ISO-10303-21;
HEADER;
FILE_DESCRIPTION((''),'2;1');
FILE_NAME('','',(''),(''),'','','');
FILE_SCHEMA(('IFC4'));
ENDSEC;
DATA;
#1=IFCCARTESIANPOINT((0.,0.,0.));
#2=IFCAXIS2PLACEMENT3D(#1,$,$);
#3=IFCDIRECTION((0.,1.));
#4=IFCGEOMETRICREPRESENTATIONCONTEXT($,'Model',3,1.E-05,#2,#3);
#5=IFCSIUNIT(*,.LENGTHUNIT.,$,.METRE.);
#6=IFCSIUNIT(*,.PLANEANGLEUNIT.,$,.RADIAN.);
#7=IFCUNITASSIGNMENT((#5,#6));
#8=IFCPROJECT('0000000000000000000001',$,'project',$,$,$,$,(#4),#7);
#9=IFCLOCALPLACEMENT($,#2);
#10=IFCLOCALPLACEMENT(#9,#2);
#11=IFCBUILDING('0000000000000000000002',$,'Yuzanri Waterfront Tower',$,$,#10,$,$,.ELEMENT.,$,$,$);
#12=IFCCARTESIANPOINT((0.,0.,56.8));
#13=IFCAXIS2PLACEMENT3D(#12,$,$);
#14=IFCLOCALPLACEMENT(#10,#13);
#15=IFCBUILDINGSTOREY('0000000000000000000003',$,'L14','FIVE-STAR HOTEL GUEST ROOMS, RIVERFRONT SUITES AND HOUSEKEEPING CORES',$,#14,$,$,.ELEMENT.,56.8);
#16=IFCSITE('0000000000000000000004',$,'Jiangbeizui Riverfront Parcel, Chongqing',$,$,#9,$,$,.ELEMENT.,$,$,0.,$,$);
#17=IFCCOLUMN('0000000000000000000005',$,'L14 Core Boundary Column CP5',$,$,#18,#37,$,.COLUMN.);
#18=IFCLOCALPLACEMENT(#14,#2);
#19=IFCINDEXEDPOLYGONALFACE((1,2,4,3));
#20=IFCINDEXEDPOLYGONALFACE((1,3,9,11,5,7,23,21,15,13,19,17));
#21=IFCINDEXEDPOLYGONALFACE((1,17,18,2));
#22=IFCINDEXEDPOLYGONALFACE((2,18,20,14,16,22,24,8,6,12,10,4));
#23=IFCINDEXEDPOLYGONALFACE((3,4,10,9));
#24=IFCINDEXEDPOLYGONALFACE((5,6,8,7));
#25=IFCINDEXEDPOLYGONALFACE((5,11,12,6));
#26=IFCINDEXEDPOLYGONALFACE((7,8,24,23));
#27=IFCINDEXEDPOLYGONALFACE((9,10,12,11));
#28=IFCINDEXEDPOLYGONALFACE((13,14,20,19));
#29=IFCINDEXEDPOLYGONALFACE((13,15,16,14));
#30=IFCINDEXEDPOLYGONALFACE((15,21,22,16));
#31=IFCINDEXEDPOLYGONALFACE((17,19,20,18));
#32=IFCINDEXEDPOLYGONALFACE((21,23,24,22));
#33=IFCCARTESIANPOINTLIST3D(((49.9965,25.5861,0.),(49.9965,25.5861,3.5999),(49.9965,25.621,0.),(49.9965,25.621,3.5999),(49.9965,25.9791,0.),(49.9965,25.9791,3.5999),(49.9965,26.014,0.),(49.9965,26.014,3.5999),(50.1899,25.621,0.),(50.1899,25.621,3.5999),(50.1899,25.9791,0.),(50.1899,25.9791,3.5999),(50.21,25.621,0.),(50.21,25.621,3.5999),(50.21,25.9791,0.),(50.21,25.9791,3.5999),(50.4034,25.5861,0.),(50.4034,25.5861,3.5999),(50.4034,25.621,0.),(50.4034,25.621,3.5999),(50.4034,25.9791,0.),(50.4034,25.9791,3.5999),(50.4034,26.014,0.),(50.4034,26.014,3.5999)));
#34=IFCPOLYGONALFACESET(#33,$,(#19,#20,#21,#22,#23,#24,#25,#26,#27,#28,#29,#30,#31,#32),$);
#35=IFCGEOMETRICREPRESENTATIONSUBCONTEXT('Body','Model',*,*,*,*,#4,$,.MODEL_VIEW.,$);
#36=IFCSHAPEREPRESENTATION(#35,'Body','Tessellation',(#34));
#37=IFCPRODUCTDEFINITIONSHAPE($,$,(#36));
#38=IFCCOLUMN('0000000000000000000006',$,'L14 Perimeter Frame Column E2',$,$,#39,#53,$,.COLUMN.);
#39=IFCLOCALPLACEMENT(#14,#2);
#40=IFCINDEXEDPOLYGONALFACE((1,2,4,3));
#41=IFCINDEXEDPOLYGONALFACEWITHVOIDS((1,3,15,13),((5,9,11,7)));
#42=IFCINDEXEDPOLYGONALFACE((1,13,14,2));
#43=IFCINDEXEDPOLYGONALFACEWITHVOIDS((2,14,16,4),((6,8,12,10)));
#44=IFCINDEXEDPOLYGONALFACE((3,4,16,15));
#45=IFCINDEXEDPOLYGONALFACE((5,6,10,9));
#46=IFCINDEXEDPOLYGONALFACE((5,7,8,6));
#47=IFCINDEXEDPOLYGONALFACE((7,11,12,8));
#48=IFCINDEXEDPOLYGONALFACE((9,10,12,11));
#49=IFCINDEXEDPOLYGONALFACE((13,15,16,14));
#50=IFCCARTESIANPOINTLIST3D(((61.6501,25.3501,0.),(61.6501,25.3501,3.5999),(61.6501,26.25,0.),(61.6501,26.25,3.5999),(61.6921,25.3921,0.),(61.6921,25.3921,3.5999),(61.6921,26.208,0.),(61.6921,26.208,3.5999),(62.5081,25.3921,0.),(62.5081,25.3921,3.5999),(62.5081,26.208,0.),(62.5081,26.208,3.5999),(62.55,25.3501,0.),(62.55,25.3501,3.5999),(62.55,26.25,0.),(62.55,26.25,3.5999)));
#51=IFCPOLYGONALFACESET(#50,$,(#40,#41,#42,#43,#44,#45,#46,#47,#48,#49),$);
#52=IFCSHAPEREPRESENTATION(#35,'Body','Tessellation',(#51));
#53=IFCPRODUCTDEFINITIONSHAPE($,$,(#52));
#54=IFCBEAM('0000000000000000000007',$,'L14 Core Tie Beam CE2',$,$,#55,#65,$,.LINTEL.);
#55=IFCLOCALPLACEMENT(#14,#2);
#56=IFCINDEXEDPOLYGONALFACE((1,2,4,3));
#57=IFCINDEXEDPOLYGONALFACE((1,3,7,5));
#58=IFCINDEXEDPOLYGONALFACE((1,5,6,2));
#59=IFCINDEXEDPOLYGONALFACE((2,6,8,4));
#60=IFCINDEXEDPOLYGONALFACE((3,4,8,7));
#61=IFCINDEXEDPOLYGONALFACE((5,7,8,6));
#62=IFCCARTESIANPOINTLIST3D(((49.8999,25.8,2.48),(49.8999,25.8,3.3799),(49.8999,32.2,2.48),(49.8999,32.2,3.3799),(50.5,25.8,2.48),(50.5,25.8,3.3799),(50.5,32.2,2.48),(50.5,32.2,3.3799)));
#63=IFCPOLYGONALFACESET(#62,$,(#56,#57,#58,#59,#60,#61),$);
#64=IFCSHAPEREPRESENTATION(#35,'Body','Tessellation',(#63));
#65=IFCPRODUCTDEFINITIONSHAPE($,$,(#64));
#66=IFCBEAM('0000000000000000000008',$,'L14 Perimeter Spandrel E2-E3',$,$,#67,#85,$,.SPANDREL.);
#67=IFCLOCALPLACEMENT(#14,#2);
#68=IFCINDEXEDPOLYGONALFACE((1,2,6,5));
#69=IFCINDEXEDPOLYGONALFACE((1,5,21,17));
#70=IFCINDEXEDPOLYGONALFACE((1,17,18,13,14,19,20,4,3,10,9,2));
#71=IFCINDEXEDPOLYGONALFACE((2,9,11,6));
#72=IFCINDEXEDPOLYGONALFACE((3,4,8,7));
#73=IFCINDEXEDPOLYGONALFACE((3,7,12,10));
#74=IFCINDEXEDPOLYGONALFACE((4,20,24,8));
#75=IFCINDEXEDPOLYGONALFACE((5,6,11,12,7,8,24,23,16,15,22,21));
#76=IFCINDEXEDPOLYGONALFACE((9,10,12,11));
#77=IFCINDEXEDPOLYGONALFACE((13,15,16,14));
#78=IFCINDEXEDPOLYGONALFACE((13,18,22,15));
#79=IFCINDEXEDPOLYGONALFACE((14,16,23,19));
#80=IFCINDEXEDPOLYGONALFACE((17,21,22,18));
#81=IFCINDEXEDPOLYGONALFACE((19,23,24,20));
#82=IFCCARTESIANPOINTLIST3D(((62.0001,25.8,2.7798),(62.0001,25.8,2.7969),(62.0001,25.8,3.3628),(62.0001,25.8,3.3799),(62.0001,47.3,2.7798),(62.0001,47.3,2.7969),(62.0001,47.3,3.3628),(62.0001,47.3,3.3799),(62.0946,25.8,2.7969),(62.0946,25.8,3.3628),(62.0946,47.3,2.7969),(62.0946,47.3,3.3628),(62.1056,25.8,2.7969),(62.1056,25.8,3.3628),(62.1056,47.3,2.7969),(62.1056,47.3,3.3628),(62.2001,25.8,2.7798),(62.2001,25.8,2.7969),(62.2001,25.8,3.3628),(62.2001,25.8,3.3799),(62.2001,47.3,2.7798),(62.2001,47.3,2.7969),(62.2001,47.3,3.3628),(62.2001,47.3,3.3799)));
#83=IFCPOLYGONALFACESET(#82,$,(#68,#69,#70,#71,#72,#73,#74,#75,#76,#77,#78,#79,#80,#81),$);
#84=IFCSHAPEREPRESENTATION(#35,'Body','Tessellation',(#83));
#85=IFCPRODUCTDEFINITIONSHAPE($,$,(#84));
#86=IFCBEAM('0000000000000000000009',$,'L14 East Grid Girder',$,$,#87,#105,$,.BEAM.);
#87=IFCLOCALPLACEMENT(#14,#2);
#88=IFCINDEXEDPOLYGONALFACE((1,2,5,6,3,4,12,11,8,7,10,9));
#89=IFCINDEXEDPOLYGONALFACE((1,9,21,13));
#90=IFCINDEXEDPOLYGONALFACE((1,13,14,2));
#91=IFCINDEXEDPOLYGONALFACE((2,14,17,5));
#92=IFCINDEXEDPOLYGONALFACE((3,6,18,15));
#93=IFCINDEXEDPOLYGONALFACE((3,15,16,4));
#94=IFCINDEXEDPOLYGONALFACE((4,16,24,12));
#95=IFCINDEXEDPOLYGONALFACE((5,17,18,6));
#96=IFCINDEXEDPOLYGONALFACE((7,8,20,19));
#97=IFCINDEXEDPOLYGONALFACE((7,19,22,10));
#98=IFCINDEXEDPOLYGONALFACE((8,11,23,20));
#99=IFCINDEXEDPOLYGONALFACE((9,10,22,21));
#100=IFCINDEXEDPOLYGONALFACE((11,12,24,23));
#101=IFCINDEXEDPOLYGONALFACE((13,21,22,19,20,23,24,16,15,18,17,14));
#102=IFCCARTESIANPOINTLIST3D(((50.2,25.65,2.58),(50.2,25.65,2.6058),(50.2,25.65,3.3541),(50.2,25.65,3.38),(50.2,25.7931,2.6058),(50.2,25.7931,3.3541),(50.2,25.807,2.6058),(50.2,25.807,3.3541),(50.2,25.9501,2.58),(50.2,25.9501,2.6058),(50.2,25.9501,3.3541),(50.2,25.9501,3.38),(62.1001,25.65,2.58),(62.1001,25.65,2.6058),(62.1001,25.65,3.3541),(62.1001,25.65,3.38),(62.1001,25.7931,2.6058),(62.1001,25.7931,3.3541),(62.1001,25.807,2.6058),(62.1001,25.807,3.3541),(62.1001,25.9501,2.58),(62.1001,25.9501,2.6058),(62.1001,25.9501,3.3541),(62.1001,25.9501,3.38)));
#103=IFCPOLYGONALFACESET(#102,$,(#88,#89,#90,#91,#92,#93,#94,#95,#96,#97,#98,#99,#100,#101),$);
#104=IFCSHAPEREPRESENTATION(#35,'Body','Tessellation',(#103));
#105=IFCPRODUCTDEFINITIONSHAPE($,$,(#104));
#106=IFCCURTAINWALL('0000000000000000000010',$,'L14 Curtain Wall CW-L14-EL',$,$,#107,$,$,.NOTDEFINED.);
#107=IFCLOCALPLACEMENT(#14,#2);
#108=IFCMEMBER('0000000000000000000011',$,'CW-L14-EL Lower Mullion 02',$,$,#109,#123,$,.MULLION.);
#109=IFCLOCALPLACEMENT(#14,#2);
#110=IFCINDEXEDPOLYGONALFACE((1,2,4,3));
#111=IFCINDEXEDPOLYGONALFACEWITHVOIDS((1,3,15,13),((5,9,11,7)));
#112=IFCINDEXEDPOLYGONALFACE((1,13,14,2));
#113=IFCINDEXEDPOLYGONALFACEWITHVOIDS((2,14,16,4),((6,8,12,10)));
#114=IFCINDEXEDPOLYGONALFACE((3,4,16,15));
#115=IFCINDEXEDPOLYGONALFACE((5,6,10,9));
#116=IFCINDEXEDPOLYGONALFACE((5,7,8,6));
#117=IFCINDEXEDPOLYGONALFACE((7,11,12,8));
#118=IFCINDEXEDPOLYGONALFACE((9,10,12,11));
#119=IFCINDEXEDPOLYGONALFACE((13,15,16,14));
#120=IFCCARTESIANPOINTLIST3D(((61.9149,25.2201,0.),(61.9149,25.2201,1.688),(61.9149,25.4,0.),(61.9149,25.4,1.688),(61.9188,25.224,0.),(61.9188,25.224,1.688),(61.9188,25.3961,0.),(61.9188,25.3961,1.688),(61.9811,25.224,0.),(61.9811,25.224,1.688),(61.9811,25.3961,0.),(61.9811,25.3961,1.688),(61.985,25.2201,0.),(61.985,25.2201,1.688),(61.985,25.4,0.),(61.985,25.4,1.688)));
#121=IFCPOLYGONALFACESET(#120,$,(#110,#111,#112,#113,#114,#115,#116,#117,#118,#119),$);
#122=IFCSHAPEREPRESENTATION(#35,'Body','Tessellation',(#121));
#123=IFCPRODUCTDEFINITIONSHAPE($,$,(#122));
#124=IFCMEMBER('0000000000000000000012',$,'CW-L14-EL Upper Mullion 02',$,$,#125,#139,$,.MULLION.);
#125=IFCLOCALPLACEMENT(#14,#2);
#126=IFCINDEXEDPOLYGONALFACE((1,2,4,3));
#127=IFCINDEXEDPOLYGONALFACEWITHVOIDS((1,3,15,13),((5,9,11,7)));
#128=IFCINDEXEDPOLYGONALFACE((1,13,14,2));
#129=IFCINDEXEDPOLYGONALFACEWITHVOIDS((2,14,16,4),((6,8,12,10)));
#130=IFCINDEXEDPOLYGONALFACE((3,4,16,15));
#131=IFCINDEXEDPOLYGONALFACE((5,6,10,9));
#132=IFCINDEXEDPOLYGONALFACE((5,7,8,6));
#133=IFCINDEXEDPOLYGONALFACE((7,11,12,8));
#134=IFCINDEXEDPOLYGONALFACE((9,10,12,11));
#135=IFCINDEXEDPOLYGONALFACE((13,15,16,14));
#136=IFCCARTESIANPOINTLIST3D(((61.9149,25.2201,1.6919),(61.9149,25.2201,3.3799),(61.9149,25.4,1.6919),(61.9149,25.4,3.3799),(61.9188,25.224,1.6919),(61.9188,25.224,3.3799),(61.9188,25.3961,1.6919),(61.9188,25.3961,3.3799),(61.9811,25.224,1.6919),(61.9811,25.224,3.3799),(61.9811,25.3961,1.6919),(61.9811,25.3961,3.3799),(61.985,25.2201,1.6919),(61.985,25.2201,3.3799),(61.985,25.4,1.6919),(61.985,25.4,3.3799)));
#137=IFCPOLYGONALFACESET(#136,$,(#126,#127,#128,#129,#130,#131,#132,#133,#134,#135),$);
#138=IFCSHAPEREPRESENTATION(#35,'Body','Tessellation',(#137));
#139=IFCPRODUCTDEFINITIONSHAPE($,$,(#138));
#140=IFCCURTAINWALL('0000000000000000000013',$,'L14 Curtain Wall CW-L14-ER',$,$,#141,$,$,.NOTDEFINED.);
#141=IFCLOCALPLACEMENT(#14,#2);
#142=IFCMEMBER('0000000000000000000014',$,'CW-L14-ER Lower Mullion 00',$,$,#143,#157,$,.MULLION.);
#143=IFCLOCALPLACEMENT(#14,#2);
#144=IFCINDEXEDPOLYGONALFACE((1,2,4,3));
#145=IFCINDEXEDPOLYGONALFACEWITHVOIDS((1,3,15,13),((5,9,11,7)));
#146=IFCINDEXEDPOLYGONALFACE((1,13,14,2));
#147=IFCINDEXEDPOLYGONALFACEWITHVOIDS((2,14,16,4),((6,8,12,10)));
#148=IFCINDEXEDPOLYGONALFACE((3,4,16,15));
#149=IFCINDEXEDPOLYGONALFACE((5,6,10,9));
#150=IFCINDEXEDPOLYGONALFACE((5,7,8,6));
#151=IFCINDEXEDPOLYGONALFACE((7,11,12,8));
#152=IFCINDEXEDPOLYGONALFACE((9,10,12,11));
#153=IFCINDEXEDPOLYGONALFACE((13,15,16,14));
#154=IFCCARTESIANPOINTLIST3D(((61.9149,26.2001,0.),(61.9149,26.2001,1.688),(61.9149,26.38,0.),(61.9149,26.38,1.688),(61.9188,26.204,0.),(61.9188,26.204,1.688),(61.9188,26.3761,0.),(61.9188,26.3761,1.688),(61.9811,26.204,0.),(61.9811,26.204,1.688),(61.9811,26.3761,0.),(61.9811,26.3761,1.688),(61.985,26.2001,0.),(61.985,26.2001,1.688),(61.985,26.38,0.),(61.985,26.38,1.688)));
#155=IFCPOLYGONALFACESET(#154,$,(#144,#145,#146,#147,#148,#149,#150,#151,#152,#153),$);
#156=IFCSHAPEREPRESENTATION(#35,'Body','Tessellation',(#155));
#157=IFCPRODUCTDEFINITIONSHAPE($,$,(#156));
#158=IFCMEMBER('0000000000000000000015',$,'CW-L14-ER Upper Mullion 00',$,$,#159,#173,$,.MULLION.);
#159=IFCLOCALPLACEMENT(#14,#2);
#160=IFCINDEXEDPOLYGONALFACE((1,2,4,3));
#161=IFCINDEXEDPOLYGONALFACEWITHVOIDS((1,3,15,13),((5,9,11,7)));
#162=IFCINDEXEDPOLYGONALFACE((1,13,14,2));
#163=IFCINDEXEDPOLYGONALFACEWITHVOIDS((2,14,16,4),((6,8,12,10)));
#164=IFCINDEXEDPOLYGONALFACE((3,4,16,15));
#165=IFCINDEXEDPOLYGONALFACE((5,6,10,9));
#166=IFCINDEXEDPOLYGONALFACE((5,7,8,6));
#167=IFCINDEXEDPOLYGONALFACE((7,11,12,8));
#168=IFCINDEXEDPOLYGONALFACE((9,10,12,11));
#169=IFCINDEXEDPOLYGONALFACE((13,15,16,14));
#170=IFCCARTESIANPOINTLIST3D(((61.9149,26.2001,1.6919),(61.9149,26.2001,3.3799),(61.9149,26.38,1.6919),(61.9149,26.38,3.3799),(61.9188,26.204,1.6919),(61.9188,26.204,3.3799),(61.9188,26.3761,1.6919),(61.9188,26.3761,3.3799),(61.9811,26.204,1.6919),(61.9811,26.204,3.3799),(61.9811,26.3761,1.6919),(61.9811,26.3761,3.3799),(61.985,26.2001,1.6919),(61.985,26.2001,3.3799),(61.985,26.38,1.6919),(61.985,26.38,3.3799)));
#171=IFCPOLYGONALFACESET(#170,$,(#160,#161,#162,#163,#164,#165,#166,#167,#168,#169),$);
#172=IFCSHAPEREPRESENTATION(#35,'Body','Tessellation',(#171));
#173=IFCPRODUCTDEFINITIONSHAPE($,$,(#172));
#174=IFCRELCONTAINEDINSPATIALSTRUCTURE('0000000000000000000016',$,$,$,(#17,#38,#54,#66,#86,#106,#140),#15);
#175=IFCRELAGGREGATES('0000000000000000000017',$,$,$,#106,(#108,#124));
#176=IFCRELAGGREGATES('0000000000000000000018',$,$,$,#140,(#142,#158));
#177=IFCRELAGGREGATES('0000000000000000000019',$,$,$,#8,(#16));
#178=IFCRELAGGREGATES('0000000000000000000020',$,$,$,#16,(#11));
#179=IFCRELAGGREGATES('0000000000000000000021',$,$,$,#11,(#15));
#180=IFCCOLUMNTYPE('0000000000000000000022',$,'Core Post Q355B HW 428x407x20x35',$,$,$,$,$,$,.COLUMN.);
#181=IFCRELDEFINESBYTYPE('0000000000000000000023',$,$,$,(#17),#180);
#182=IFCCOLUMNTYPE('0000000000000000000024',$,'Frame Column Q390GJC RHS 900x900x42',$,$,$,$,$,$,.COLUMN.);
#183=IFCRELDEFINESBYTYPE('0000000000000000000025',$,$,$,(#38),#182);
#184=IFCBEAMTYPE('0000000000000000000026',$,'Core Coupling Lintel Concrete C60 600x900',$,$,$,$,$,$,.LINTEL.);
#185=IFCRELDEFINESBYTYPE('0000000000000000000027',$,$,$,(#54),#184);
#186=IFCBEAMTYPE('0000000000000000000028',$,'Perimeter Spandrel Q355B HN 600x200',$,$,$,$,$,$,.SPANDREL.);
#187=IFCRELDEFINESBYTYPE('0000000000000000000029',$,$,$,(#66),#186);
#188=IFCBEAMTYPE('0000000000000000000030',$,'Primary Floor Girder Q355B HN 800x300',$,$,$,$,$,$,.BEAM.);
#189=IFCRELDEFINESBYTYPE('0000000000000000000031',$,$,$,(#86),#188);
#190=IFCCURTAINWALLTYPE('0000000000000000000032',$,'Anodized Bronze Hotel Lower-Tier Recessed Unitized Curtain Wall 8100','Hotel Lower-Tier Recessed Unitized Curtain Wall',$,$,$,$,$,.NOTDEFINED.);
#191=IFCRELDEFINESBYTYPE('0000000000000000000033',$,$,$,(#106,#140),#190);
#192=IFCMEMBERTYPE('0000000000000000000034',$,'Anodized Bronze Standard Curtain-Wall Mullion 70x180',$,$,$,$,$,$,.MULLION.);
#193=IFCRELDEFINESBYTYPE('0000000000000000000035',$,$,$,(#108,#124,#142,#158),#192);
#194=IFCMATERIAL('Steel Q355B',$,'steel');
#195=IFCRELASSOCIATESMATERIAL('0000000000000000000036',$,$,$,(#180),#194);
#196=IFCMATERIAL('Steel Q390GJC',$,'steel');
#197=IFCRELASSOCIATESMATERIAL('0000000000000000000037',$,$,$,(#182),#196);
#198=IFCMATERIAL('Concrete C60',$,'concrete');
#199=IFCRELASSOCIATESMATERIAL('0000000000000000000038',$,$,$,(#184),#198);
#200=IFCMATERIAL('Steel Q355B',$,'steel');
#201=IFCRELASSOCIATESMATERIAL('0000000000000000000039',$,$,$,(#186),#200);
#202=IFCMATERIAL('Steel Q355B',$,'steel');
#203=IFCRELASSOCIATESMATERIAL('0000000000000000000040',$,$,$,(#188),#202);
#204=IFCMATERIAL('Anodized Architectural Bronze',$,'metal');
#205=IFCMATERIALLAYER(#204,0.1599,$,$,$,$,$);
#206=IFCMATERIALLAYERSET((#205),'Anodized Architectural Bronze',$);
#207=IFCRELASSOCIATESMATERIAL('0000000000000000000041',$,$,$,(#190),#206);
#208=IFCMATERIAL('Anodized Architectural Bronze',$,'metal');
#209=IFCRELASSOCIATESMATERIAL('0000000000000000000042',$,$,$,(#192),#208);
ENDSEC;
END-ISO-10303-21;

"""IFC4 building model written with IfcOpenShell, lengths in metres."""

from ifc_helpers import new_model, si_unit, direction, frame, origin, origin_2d, place, context, subcontext, project, spatial, rectangle, hollow_rectangle, i_section, extrude, source, transform, mapped, material, layer, layer_set, material_profile, profile_set, type_object, element, aggregate, save


model = new_model("IFC4")

# Units and contexts
model_context = context("Model", 3, precision=1e-05, world=origin(), true_north=direction((0.0, 1.0)))
body_context = subcontext(model_context, "Body", "Model", "MODEL_VIEW")
ifc_project = project(units=[si_unit("LENGTHUNIT", "METRE"), si_unit("PLANEANGLEUNIT", "RADIAN")], contexts=[model_context])

# Site, building, storey
site_placement = place(None, origin())
site = spatial("IfcSite", under=ifc_project, at=site_placement, Name="Jiangbeizui Riverfront Parcel, Chongqing", CompositionType="ELEMENT", RefElevation=0.0)
building_placement = place(site_placement, origin())
building = spatial("IfcBuilding", under=site, at=building_placement, Name="Yuzanri Waterfront Tower", CompositionType="ELEMENT")
storey_placement = place(building_placement, frame((0.0, 0.0, 56.8)))
storey = spatial("IfcBuildingStorey", under=building, at=storey_placement, Name="L14", Description="FIVE-STAR HOTEL GUEST ROOMS, RIVERFRONT SUITES AND HOUSEKEEPING CORES", CompositionType="ELEMENT", Elevation=56.8)

# Columns
ifc_material_1 = material(Name="Steel Q355B", Category="steel")
ifc_material_profile_1 = material_profile(ifc_material_1, i_section(OverallWidth=0.407, OverallDepth=0.428, WebThickness=0.02, FlangeThickness=0.0349, at=origin_2d()), Name="HW 428x407x20x35")
ifc_profile_set_1 = profile_set([ifc_material_profile_1], Name="Steel Q355B")
column_type_1 = type_object("IfcColumnType", Name="Core Post Q355B HW 428x407x20x35", PredefinedType="COLUMN", material=ifc_profile_set_1)
shared_shape_1 = source(origin(), body_context, "Body", "SweptSolid", [
    extrude(i_section(OverallWidth=0.407, OverallDepth=0.428, WebThickness=0.02, FlangeThickness=0.0349, at=origin_2d()), origin(), (0.0, 0.0, 1.0), 3.5999),
])
column_1_placement = place(storey_placement, frame((50.2, 25.8, 0.0), z_axis=(0.0, 0.0, 1.0), x_axis=(1.0, 0.0, 0.0)))
element("IfcColumn", 1, at=column_1_placement, inside=storey, type_object=column_type_1, Name="L14 Core Boundary Column CP5", PredefinedType="COLUMN", context=body_context, shape_type="MappedRepresentation", body=[
    mapped(shared_shape_1, transform((0.0, 0.0, 0.0), scale=1.0)),
])
ifc_material_2 = material(Name="Steel Q390GJC", Category="steel")
ifc_material_profile_2 = material_profile(ifc_material_2, hollow_rectangle(XDim=0.8999, YDim=0.8999, WallThickness=0.042, at=origin_2d()), Name="RHS 900x900x42")
ifc_profile_set_2 = profile_set([ifc_material_profile_2], Name="Steel Q390GJC")
column_type_2 = type_object("IfcColumnType", Name="Frame Column Q390GJC RHS 900x900x42", PredefinedType="COLUMN", material=ifc_profile_set_2)
shared_shape_2 = source(origin(), body_context, "Body", "SweptSolid", [
    extrude(hollow_rectangle(XDim=0.8999, YDim=0.8999, WallThickness=0.042, at=origin_2d()), origin(), (0.0, 0.0, 1.0), 3.5999),
])
column_2_placement = place(storey_placement, frame((62.1001, 25.8, 0.0), z_axis=(0.0, 0.0, 1.0), x_axis=(1.0, 0.0, 0.0)))
element("IfcColumn", 2, at=column_2_placement, inside=storey, type_object=column_type_2, Name="L14 Perimeter Frame Column E2", PredefinedType="COLUMN", context=body_context, shape_type="MappedRepresentation", body=[
    mapped(shared_shape_2, transform((0.0, 0.0, 0.0), scale=1.0)),
])

# Beams
ifc_material_3 = material(Name="Concrete C60", Category="concrete")
ifc_material_profile_3 = material_profile(ifc_material_3, rectangle(XDim=0.6001, YDim=0.8999, at=origin_2d()), Name="RC 600x900")
ifc_profile_set_3 = profile_set([ifc_material_profile_3], Name="Concrete C60")
beam_type_1 = type_object("IfcBeamType", Name="Core Coupling Lintel Concrete C60 600x900", PredefinedType="LINTEL", material=ifc_profile_set_3)
shared_shape_3 = source(origin(), body_context, "Body", "SweptSolid", [
    extrude(rectangle(XDim=0.6001, YDim=0.8999, at=origin_2d()), origin(), (0.0, 0.0, 1.0), 6.3999),
])
beam_1_placement = place(storey_placement, frame((50.2, 25.8, 2.9299), z_axis=(0.0, 1.0, 0.0), x_axis=(-1.0, 0.0, 0.0)))
element("IfcBeam", 3, at=beam_1_placement, inside=storey, type_object=beam_type_1, Name="L14 Core Tie Beam CE2", PredefinedType="LINTEL", context=body_context, shape_type="MappedRepresentation", body=[
    mapped(shared_shape_3, transform((0.0, 0.0, 0.0), scale=1.0)),
])
ifc_material_4 = material(Name="Steel Q355B", Category="steel")
ifc_material_profile_4 = material_profile(ifc_material_4, i_section(OverallWidth=0.2, OverallDepth=0.6001, WebThickness=0.011, FlangeThickness=0.0171, at=origin_2d()), Name="HN 600x200x11x17")
ifc_profile_set_4 = profile_set([ifc_material_profile_4], Name="Steel Q355B")
beam_type_2 = type_object("IfcBeamType", Name="Perimeter Spandrel Q355B HN 600x200", PredefinedType="SPANDREL", material=ifc_profile_set_4)
shared_shape_4 = source(origin(), body_context, "Body", "SweptSolid", [
    extrude(i_section(OverallWidth=0.2, OverallDepth=0.6001, WebThickness=0.011, FlangeThickness=0.0171, at=origin_2d()), origin(), (0.0, 0.0, 1.0), 21.5),
])
beam_2_placement = place(storey_placement, frame((62.1001, 25.8, 3.0798), z_axis=(0.0, 1.0, 0.0), x_axis=(-1.0, 0.0, 0.0)))
element("IfcBeam", 4, at=beam_2_placement, inside=storey, type_object=beam_type_2, Name="L14 Perimeter Spandrel E2-E3", PredefinedType="SPANDREL", context=body_context, shape_type="MappedRepresentation", body=[
    mapped(shared_shape_4, transform((0.0, 0.0, 0.0), scale=1.0)),
])
ifc_material_5 = material(Name="Steel Q355B", Category="steel")
ifc_material_profile_5 = material_profile(ifc_material_5, i_section(OverallWidth=0.3, OverallDepth=0.8, WebThickness=0.0139, FlangeThickness=0.0259, at=origin_2d()), Name="HN 800x300x14x26")
ifc_profile_set_5 = profile_set([ifc_material_profile_5], Name="Steel Q355B")
beam_type_3 = type_object("IfcBeamType", Name="Primary Floor Girder Q355B HN 800x300", PredefinedType="BEAM", material=ifc_profile_set_5)
shared_shape_5 = source(origin(), body_context, "Body", "SweptSolid", [
    extrude(i_section(OverallWidth=0.3, OverallDepth=0.8, WebThickness=0.0139, FlangeThickness=0.0259, at=origin_2d()), origin(), (0.0, 0.0, 1.0), 11.9001),
])
beam_3_placement = place(storey_placement, frame((50.2, 25.8, 2.98), z_axis=(1.0, 0.0, 0.0), x_axis=(0.0, 1.0, 0.0)))
element("IfcBeam", 5, at=beam_3_placement, inside=storey, type_object=beam_type_3, Name="L14 East Grid Girder", PredefinedType="BEAM", context=body_context, shape_type="MappedRepresentation", body=[
    mapped(shared_shape_5, transform((0.0, 0.0, 0.0), scale=1.0)),
])

# Curtain wall, members
ifc_material_6 = material(Name="Anodized Architectural Bronze", Category="metal")
ifc_layer_1 = layer(ifc_material_6, 0.1599)
ifc_layer_set_1 = layer_set([ifc_layer_1], Name="Anodized Architectural Bronze")
curtain_wall_type = type_object("IfcCurtainWallType", Name="Anodized Bronze Hotel Lower-Tier Recessed Unitized Curtain Wall 8100", Description="Hotel Lower-Tier Recessed Unitized Curtain Wall", PredefinedType="NOTDEFINED", material=ifc_layer_set_1)
curtain_wall_1_placement = place(storey_placement, origin())
curtain_wall_1 = element("IfcCurtainWall", 6, at=curtain_wall_1_placement, inside=storey, type_object=curtain_wall_type, Name="L14 Curtain Wall CW-L14-EL", PredefinedType="NOTDEFINED")
ifc_material_7 = material(Name="Anodized Architectural Bronze", Category="metal")
ifc_material_profile_6 = material_profile(ifc_material_7, hollow_rectangle(XDim=0.0701, YDim=0.1799, WallThickness=0.0039, at=origin_2d()), Name="CWM 70x180")
ifc_profile_set_6 = profile_set([ifc_material_profile_6], Name="Anodized Architectural Bronze")
member_type_1 = type_object("IfcMemberType", Name="Anodized Bronze Standard Curtain-Wall Mullion 70x180", PredefinedType="MULLION", material=ifc_profile_set_6)
shared_shape_6 = source(origin(), body_context, "Body", "SweptSolid", [
    extrude(hollow_rectangle(XDim=0.0701, YDim=0.1799, WallThickness=0.0039, at=origin_2d()), origin(), (0.0, 0.0, 1.0), 1.688),
])
member_1_placement = place(storey_placement, frame((61.95, 25.3101, 0.0), z_axis=(0.0, 0.0, 1.0), x_axis=(1.0, 0.0, 0.0)))
member_1 = element("IfcMember", 7, at=member_1_placement, type_object=member_type_1, Name="CW-L14-EL Lower Mullion 02", PredefinedType="MULLION", context=body_context, shape_type="MappedRepresentation", body=[
    mapped(shared_shape_6, transform((0.0, 0.0, 0.0), scale=1.0)),
])
member_2_placement = place(storey_placement, frame((61.95, 25.3101, 1.6919), z_axis=(0.0, 0.0, 1.0), x_axis=(1.0, 0.0, 0.0)))
member_2 = element("IfcMember", 8, at=member_2_placement, type_object=member_type_1, Name="CW-L14-EL Upper Mullion 02", PredefinedType="MULLION", context=body_context, shape_type="MappedRepresentation", body=[
    mapped(shared_shape_6, transform((0.0, 0.0, 0.0), scale=1.0)),
])
aggregate(curtain_wall_1, [member_1, member_2])

# Curtain wall, members
curtain_wall_2_placement = place(storey_placement, origin())
curtain_wall_2 = element("IfcCurtainWall", 9, at=curtain_wall_2_placement, inside=storey, type_object=curtain_wall_type, Name="L14 Curtain Wall CW-L14-ER", PredefinedType="NOTDEFINED")
member_3_placement = place(storey_placement, frame((61.95, 26.29, 0.0), z_axis=(0.0, 0.0, 1.0), x_axis=(1.0, 0.0, 0.0)))
member_3 = element("IfcMember", 10, at=member_3_placement, type_object=member_type_1, Name="CW-L14-ER Lower Mullion 00", PredefinedType="MULLION", context=body_context, shape_type="MappedRepresentation", body=[
    mapped(shared_shape_6, transform((0.0, 0.0, 0.0), scale=1.0)),
])
member_4_placement = place(storey_placement, frame((61.95, 26.29, 1.6919), z_axis=(0.0, 0.0, 1.0), x_axis=(1.0, 0.0, 0.0)))
member_4 = element("IfcMember", 11, at=member_4_placement, type_object=member_type_1, Name="CW-L14-ER Upper Mullion 00", PredefinedType="MULLION", context=body_context, shape_type="MappedRepresentation", body=[
    mapped(shared_shape_6, transform((0.0, 0.0, 0.0), scale=1.0)),
])
aggregate(curtain_wall_2, [member_3, member_4])

save(model, "model.ifc")
